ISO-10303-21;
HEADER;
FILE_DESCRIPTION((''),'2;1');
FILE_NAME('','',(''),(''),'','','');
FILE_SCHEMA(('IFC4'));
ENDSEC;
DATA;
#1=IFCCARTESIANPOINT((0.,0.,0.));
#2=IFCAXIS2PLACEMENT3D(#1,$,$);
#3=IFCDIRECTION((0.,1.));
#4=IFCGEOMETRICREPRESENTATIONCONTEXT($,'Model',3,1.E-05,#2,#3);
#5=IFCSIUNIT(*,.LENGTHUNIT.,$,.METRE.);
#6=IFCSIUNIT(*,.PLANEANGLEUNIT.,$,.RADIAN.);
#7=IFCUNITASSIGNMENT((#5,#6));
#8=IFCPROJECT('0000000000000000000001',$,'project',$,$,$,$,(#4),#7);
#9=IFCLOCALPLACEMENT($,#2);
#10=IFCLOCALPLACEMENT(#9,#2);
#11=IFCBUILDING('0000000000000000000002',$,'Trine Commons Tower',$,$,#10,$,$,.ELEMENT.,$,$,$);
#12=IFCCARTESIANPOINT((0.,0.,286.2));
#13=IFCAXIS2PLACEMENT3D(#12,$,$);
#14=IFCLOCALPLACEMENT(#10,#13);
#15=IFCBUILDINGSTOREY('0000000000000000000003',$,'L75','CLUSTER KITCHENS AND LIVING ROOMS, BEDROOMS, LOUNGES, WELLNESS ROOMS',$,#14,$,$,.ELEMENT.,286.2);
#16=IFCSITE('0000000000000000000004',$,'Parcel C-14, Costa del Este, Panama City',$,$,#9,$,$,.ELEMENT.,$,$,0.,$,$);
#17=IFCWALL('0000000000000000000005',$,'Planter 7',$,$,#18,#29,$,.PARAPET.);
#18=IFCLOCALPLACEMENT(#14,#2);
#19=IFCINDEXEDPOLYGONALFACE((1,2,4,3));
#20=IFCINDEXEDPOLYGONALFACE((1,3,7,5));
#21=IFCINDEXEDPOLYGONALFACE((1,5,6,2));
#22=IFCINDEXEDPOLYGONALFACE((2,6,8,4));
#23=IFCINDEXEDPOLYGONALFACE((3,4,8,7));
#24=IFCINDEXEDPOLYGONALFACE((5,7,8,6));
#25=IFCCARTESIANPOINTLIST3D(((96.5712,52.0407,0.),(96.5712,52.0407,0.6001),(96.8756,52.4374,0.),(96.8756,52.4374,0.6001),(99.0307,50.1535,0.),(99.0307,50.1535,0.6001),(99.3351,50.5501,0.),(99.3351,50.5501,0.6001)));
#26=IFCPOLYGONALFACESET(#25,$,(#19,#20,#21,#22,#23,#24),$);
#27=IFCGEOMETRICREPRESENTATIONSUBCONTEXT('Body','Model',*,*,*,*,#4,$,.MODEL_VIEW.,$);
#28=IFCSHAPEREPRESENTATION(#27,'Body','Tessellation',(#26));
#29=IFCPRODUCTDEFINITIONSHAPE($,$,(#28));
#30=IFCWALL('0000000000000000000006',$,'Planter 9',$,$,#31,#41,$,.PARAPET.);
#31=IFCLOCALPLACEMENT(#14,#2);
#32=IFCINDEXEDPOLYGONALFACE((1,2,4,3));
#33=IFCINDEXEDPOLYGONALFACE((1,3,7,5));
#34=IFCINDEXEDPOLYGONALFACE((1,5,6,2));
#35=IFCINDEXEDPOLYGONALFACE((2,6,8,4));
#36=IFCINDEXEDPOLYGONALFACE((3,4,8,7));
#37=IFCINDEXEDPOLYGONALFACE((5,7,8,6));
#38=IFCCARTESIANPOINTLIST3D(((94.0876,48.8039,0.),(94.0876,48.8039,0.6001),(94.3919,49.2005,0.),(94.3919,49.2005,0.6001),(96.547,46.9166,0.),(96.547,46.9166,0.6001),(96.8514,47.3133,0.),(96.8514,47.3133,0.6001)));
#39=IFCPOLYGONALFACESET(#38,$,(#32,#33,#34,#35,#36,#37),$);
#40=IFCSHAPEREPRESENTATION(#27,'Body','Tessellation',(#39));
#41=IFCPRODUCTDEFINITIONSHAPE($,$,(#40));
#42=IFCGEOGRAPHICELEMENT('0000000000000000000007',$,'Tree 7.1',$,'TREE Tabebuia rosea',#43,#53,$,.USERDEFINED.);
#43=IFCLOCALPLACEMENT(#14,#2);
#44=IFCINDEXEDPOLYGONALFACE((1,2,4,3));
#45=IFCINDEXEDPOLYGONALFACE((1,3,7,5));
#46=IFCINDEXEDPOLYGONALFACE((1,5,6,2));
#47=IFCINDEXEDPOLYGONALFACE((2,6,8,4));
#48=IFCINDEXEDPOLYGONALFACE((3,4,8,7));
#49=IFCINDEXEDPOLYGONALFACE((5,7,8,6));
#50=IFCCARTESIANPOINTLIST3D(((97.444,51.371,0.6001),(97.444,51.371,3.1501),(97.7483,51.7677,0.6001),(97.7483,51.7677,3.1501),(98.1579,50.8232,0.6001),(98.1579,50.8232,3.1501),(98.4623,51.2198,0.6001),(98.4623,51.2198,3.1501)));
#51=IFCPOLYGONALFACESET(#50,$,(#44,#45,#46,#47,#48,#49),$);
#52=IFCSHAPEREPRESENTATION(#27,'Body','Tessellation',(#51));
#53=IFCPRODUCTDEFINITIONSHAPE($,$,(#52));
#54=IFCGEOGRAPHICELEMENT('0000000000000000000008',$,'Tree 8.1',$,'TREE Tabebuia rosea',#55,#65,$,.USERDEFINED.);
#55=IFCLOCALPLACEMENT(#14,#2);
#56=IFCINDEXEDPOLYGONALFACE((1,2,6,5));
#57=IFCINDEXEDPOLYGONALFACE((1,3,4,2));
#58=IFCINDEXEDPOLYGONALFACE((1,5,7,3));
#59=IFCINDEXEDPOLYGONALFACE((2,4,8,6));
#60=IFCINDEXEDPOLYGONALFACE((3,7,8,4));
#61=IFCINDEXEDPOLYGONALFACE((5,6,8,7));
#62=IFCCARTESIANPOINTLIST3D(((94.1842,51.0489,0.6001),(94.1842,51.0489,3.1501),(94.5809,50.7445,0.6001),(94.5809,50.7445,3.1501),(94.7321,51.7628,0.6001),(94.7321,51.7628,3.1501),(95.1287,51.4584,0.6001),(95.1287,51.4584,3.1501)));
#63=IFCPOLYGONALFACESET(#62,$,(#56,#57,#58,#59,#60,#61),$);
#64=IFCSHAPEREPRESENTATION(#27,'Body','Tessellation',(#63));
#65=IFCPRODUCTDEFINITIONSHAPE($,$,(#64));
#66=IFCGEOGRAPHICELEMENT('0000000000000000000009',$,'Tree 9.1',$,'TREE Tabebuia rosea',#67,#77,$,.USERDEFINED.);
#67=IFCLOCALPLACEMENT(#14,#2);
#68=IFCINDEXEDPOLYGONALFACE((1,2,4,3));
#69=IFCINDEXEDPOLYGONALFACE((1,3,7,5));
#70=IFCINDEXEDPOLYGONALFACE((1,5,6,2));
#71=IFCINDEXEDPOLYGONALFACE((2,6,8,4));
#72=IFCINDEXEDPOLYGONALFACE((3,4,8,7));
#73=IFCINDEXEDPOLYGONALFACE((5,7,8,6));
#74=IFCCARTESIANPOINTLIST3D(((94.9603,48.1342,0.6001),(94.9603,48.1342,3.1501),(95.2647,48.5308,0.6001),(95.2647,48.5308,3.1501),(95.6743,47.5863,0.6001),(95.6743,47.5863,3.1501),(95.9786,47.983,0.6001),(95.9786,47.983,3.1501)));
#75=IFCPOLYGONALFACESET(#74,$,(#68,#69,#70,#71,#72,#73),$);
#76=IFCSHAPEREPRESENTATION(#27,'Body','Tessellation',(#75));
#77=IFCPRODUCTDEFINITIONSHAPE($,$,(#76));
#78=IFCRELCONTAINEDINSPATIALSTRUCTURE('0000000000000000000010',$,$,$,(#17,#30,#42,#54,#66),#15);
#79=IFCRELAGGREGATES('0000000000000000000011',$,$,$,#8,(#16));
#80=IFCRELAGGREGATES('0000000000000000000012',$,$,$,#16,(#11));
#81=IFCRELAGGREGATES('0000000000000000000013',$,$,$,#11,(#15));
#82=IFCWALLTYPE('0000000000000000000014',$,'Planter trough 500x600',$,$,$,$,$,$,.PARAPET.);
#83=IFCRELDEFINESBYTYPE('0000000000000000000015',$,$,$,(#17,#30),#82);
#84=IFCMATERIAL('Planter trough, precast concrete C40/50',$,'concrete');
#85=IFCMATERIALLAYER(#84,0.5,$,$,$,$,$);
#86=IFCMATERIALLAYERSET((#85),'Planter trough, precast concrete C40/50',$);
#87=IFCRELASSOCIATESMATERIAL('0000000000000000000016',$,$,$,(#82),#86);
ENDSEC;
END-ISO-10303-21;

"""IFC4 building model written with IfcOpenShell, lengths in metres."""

from ifc_helpers import new_model, si_unit, direction, frame, frame_2d, origin, origin_2d, place, context, subcontext, project, spatial, rectangle, extrude, material, layer, layer_set, type_object, element, save


model = new_model("IFC4")

# Units and contexts
model_context = context("Model", 3, precision=1e-05, world=origin(), true_north=direction((0.0, 1.0)))
body_context = subcontext(model_context, "Body", "Model", "MODEL_VIEW")
ifc_project = project(units=[si_unit("LENGTHUNIT", "METRE"), si_unit("PLANEANGLEUNIT", "RADIAN")], contexts=[model_context])

# Site, building, storey
site_placement = place(None, origin())
site = spatial("IfcSite", under=ifc_project, at=site_placement, Name="Parcel C-14, Costa del Este, Panama City", CompositionType="ELEMENT", RefElevation=0.0)
building_placement = place(site_placement, origin())
building = spatial("IfcBuilding", under=site, at=building_placement, Name="Trine Commons Tower", CompositionType="ELEMENT")
storey_placement = place(building_placement, frame((0.0, 0.0, 286.2)))
storey = spatial("IfcBuildingStorey", under=building, at=storey_placement, Name="L75", Description="CLUSTER KITCHENS AND LIVING ROOMS, BEDROOMS, LOUNGES, WELLNESS ROOMS", CompositionType="ELEMENT", Elevation=286.2)

# Walls
ifc_material_1 = material(Name="Planter trough, precast concrete C40/50", Category="concrete")
ifc_layer_1 = layer(ifc_material_1, 0.5)
ifc_layer_set_1 = layer_set([ifc_layer_1], Name="Planter trough, precast concrete C40/50")
wall_type_1 = type_object("IfcWallType", Name="Planter trough 500x600", PredefinedType="PARAPET", material=ifc_layer_set_1)
for number, where, z_axis, x_axis, name in (
    (1, (99.1829, 50.3518, 0.0), (0.0, 0.0, 1.0), (-0.793355, 0.608759, 0.0), "Planter 7"),
    (2, (94.2397, 49.0022, 0.0), (0.0, 0.0, 1.0), (0.793355, -0.608759, 0.0), "Planter 9"),
):
    element("IfcWall", number, at=place(storey_placement, frame(where, z_axis=z_axis, x_axis=x_axis)), inside=storey, type_object=wall_type_1, Name=name, PredefinedType="PARAPET", context=body_context, shape_type="SweptSolid", body=[
        extrude(rectangle(XDim=3.1001, YDim=0.5, at=frame_2d((1.55, 0.0))), origin(), (0.0, 0.0, 1.0), 0.6001),
    ])

# Geographic elements
for number, where, z_axis, x_axis, name in (
    (3, (97.9531, 51.2954, 0.6001), (0.0, 0.0, 1.0), (-0.793348, 0.608768, 0.0), "Tree 7.1"),
    (4, (94.6565, 51.2537, 0.6001), (0.0, 0.0, 1.0), (-0.608764, -0.793351, 0.0), "Tree 8.1"),
    (5, (95.4695, 48.0586, 0.6001), (0.0, 0.0, 1.0), (0.793348, -0.608768, 0.0), "Tree 9.1"),
):
    element("IfcGeographicElement", number, at=place(storey_placement, frame(where, z_axis=z_axis, x_axis=x_axis)), inside=storey, Name=name, ObjectType="TREE Tabebuia rosea", PredefinedType="USERDEFINED", context=body_context, shape_type="SweptSolid", body=[
        extrude(rectangle(XDim=0.8999, YDim=0.5, at=origin_2d()), origin(), (0.0, 0.0, 1.0), 2.55),
    ])

save(model, "model.ifc")
